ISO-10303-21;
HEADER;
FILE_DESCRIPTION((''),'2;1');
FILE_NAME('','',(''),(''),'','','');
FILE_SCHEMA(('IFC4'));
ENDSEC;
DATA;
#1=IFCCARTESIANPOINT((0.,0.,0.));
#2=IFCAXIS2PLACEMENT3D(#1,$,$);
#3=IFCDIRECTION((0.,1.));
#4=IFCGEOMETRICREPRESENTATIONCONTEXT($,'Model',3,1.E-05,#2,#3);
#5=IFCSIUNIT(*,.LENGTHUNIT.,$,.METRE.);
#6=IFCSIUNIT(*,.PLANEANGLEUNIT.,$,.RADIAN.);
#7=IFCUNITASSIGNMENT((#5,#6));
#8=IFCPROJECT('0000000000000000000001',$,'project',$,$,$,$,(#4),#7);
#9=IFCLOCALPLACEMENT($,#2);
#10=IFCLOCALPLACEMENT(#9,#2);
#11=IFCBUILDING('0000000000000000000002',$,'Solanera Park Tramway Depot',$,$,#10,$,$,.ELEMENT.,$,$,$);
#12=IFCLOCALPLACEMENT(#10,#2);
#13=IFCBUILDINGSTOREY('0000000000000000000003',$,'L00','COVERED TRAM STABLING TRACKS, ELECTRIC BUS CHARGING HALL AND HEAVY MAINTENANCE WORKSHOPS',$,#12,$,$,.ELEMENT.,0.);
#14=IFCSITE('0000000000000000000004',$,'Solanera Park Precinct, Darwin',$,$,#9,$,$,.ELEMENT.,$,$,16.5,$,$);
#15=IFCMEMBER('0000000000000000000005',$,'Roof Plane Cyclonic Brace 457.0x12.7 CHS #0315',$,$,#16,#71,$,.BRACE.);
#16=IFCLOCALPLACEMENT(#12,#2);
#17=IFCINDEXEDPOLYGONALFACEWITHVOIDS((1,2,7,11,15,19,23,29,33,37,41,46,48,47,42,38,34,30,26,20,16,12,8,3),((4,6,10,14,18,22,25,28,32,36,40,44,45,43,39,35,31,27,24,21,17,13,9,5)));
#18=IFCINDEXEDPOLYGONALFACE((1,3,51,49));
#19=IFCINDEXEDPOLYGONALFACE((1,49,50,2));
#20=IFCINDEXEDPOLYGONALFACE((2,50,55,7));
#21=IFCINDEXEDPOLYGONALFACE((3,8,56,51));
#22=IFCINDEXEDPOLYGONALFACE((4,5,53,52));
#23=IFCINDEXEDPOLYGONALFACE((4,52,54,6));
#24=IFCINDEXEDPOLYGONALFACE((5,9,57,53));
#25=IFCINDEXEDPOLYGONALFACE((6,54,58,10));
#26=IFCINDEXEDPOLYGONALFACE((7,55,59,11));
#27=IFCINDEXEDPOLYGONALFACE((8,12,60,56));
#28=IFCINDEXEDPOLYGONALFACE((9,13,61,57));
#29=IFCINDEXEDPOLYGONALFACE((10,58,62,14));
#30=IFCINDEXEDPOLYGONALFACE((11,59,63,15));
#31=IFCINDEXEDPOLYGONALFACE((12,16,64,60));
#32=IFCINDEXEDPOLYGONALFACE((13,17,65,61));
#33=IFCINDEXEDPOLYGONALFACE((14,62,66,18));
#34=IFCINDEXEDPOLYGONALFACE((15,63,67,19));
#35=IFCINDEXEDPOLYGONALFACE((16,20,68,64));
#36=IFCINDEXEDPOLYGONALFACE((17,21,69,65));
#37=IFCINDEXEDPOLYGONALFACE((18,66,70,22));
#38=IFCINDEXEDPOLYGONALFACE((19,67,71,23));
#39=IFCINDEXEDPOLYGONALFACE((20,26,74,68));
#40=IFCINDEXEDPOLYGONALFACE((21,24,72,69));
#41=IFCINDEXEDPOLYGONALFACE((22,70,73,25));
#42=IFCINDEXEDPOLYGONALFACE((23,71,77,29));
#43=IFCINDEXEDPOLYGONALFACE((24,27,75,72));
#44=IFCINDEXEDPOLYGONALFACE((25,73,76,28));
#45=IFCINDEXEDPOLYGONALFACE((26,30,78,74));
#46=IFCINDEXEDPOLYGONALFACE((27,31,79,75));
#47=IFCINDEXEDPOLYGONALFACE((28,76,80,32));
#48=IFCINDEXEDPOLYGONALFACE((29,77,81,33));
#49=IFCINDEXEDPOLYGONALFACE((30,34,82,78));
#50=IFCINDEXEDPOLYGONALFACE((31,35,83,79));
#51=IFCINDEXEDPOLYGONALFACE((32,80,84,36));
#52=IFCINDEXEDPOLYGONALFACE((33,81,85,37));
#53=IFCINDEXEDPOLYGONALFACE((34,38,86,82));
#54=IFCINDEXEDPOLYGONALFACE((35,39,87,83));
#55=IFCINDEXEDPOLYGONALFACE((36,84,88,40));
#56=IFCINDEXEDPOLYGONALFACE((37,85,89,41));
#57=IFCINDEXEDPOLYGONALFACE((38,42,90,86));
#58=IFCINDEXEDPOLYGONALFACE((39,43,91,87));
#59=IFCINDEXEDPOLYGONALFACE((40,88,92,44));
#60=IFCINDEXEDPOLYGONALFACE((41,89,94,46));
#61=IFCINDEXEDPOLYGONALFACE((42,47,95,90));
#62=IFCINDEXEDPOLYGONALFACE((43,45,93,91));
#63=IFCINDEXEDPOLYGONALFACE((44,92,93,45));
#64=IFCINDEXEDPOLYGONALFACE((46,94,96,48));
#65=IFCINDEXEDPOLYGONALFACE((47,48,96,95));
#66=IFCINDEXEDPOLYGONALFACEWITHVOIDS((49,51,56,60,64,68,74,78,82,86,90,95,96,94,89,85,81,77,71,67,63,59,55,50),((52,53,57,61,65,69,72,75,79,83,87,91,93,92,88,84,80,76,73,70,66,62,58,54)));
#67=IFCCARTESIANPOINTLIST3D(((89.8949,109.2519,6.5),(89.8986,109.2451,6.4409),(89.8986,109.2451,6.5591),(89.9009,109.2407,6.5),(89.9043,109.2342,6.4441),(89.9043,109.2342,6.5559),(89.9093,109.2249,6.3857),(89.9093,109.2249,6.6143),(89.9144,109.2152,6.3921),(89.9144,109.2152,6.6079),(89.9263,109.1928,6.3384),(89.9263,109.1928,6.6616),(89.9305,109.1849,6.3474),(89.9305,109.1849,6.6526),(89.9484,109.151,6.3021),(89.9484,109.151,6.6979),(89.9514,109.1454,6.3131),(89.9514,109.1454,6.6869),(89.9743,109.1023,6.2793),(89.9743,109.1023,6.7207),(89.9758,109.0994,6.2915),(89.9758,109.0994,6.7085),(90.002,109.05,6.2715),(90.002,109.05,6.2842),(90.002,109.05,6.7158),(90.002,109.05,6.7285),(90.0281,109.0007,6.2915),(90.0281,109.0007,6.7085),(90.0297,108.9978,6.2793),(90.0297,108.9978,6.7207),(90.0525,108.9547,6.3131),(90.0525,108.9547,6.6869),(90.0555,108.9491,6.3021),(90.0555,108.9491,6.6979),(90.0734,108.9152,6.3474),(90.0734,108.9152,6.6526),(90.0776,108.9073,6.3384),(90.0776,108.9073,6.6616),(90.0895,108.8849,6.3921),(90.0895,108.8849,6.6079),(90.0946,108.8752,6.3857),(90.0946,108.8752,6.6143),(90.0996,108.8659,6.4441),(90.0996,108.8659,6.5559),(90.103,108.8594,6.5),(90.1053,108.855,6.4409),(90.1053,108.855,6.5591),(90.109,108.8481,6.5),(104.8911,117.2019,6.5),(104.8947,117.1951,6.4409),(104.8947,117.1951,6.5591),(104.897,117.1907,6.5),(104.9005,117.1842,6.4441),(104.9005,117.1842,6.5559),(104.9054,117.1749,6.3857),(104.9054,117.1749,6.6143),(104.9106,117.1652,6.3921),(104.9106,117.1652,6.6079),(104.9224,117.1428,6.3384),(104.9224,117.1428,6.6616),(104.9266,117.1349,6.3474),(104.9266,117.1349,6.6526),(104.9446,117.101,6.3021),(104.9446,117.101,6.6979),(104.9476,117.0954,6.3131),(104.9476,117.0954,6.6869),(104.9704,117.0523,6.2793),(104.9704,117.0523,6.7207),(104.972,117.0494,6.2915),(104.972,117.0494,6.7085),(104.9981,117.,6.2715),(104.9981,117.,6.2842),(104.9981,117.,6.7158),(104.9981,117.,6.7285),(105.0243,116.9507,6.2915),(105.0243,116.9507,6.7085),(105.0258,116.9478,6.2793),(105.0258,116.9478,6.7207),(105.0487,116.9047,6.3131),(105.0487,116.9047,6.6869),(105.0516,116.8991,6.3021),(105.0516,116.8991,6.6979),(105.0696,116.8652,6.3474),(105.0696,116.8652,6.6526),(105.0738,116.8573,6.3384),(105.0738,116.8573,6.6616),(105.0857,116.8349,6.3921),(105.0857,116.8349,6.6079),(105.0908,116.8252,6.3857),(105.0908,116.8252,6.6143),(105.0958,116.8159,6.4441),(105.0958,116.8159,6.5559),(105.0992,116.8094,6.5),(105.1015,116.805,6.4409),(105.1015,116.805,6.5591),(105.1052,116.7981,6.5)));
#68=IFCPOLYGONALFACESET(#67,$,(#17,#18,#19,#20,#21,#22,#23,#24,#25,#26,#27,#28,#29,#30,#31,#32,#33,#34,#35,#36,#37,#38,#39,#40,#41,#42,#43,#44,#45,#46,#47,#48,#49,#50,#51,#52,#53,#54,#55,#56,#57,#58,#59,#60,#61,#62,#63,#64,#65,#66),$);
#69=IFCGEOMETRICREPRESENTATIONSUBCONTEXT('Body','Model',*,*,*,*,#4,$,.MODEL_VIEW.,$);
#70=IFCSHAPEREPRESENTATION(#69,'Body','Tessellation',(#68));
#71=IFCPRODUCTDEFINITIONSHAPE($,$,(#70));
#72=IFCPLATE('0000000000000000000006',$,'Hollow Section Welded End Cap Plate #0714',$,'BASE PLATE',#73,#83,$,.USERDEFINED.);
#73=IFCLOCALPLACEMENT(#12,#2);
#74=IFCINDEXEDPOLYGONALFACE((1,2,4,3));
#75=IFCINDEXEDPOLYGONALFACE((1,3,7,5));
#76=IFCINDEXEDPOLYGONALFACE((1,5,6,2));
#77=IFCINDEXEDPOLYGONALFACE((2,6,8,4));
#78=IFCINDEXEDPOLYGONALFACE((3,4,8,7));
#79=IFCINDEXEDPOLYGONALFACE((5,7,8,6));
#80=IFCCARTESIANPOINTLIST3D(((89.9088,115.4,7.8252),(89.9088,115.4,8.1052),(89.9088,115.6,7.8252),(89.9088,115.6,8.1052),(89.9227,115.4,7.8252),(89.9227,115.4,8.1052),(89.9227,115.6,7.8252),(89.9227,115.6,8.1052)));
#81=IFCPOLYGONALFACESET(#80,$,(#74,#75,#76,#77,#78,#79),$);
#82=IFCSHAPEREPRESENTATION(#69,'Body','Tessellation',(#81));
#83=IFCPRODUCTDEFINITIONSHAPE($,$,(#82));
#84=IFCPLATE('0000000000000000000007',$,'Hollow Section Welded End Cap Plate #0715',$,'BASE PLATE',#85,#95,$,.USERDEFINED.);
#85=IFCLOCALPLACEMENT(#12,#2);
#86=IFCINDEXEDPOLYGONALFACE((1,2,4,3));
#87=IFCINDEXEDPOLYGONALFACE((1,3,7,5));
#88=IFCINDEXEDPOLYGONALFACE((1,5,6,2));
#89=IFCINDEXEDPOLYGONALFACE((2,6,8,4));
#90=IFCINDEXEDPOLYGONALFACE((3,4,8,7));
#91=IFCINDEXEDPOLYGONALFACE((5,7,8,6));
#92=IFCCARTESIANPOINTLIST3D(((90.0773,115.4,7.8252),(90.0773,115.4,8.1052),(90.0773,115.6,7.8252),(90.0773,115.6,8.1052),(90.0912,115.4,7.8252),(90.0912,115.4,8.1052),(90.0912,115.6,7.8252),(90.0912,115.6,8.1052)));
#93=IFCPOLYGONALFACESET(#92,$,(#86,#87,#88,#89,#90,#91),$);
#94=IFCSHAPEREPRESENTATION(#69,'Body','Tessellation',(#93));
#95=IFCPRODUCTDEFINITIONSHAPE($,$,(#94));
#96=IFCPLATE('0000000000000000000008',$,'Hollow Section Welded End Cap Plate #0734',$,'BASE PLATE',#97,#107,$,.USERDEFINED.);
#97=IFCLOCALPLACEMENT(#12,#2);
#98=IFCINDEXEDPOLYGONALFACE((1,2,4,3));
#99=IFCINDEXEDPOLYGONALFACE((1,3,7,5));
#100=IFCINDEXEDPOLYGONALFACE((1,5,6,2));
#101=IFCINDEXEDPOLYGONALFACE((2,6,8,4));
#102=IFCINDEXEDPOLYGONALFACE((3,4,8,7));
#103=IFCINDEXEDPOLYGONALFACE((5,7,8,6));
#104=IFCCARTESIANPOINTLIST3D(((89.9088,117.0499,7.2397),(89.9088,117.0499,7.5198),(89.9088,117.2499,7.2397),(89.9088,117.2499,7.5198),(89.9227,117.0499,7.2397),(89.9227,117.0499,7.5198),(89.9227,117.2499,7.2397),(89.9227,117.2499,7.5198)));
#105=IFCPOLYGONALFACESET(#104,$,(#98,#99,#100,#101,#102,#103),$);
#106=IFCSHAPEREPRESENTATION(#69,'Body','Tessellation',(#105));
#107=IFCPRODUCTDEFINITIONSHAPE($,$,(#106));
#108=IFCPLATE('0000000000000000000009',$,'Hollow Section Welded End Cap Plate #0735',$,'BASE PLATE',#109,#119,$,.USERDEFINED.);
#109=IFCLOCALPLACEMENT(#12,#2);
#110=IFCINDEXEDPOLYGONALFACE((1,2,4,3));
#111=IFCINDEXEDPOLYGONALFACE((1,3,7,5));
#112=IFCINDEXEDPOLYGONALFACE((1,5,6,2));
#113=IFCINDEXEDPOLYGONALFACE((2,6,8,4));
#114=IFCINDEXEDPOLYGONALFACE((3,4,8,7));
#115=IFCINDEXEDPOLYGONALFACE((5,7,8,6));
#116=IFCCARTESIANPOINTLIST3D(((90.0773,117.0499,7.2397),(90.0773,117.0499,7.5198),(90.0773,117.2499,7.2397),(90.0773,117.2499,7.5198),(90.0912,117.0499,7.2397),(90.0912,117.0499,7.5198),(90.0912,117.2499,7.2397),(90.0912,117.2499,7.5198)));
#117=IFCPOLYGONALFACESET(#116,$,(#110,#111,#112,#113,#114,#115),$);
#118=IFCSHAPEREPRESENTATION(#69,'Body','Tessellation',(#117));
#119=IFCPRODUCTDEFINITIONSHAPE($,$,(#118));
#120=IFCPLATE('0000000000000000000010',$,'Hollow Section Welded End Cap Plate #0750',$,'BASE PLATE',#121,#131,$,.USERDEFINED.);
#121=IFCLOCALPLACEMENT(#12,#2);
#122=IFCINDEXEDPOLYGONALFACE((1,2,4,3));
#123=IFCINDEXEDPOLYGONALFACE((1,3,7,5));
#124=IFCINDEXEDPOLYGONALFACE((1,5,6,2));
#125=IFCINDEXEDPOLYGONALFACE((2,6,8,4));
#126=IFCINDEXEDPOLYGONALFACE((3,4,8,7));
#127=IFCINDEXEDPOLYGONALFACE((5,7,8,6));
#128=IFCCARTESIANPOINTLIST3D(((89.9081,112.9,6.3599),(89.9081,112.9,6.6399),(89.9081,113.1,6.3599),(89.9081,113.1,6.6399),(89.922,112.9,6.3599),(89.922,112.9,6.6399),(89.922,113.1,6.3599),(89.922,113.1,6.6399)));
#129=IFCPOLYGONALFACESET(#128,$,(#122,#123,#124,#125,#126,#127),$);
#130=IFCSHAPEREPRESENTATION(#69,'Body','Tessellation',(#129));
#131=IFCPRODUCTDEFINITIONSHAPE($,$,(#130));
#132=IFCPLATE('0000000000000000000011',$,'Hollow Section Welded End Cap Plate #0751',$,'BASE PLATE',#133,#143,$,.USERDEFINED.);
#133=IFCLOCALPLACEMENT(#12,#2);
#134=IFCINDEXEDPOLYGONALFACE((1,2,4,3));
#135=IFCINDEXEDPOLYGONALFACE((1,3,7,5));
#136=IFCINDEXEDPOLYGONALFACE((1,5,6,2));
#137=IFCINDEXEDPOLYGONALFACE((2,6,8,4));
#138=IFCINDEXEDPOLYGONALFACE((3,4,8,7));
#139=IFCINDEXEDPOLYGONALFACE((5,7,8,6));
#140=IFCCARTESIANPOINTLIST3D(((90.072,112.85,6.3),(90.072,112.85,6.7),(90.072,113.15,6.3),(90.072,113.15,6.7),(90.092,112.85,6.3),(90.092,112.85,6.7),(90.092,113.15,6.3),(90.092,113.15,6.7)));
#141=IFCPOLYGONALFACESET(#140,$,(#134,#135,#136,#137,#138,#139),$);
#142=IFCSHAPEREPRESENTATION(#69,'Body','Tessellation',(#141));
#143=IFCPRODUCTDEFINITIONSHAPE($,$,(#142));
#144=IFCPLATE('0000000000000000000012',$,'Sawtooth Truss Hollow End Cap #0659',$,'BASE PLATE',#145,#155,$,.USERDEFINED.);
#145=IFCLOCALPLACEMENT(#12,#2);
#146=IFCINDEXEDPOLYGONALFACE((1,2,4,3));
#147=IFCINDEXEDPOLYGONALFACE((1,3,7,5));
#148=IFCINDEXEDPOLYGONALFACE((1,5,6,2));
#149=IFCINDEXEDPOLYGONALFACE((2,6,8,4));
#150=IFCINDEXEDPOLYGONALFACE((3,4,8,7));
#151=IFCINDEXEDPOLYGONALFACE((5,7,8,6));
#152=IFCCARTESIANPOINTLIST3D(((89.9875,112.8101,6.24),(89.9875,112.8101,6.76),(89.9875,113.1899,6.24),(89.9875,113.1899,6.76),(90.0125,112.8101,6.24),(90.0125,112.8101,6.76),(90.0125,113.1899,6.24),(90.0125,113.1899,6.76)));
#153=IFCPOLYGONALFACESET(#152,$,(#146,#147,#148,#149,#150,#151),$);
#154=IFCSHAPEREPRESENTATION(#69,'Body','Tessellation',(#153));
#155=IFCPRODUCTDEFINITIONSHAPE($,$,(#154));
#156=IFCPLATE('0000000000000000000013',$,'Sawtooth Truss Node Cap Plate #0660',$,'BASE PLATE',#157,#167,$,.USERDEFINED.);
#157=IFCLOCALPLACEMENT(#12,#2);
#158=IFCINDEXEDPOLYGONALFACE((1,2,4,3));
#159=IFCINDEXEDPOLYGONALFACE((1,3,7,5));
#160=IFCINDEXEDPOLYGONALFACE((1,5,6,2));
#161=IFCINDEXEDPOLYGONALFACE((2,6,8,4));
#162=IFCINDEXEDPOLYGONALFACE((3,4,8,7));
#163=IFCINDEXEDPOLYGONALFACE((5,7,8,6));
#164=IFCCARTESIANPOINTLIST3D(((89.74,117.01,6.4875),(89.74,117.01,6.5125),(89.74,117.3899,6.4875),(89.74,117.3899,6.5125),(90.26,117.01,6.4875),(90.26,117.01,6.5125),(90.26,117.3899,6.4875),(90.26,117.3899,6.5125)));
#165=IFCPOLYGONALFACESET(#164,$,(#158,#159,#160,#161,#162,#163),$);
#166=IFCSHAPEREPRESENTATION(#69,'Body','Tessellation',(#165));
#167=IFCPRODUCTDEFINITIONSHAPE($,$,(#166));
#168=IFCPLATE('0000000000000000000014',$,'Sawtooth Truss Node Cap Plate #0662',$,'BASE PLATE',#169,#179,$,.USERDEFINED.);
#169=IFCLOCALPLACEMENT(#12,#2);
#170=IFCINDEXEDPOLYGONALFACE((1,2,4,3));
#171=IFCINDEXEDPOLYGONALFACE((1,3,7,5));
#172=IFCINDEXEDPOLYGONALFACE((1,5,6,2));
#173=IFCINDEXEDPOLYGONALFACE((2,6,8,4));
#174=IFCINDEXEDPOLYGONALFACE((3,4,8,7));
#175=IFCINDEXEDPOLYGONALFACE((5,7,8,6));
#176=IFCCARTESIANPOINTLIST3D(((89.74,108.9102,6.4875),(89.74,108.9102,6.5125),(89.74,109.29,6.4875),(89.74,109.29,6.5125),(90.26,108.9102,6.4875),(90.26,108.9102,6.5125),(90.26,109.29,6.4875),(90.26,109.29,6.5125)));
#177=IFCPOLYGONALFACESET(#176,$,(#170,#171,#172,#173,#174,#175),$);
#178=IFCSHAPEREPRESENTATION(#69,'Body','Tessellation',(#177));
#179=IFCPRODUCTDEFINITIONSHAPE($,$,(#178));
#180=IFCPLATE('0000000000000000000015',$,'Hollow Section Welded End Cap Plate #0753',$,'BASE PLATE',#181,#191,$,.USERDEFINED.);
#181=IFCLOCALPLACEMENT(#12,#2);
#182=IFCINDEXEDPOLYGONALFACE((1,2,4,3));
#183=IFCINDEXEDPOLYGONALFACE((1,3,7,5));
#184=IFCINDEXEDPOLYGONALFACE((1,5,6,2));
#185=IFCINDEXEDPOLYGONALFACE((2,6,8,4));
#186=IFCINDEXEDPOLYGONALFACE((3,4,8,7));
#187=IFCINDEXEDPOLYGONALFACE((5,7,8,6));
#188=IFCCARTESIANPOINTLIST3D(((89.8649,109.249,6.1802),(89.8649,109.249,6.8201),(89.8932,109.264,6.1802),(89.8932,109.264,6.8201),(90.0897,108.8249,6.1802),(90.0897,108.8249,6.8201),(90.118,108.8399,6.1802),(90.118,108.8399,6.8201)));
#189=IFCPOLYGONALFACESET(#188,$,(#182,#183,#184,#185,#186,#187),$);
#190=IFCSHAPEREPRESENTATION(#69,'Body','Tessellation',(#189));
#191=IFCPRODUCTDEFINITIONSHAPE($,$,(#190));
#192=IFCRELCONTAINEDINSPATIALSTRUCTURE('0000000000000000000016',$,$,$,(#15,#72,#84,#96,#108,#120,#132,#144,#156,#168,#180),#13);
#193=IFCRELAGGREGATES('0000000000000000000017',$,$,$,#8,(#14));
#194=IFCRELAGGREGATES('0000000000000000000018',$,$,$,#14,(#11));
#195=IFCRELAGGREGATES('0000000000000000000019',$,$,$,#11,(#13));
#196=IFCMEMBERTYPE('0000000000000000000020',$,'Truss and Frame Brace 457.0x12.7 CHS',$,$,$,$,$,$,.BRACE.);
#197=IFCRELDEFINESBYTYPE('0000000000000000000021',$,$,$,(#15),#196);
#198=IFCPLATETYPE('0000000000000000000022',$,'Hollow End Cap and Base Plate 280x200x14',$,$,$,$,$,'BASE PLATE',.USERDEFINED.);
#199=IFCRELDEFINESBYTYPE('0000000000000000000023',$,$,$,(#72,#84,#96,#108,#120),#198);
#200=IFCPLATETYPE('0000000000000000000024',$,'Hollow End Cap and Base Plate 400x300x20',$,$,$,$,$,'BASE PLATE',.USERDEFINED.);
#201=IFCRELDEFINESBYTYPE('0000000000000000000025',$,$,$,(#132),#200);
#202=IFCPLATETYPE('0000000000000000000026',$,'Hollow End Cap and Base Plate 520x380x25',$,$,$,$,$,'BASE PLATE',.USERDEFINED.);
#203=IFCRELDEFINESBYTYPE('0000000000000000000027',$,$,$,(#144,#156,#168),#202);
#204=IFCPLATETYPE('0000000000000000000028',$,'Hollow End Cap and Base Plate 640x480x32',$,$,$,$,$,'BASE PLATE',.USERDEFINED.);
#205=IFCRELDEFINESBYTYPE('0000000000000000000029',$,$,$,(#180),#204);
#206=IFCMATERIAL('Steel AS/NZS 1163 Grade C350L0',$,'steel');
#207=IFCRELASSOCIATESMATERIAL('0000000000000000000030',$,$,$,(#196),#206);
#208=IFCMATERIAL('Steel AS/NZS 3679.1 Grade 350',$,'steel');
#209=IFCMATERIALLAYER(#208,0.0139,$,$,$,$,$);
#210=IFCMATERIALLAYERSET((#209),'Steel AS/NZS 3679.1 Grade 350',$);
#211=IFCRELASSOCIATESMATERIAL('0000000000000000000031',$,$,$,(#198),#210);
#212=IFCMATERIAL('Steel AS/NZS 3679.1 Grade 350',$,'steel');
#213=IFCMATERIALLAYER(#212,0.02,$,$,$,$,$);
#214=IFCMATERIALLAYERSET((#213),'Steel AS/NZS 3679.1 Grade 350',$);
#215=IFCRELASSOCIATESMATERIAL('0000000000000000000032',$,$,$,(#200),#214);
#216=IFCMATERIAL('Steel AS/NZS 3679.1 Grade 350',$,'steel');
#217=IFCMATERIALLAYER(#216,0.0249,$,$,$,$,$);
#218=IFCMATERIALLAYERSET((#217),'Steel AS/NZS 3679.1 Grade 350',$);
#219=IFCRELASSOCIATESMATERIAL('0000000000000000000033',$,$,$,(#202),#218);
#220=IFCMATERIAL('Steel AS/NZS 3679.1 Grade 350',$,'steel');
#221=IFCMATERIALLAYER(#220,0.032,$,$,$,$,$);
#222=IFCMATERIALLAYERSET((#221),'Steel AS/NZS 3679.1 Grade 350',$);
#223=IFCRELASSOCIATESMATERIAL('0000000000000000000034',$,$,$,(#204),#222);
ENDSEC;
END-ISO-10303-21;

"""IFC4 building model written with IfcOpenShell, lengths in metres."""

from ifc_helpers import new_model, si_unit, direction, frame, origin, origin_2d, place, context, subcontext, project, spatial, rectangle, hollow_circle, extrude, material, layer, layer_set, material_profile, profile_set, type_object, element, save


model = new_model("IFC4")

# Units and contexts
model_context = context("Model", 3, precision=1e-05, world=origin(), true_north=direction((0.0, 1.0)))
body_context = subcontext(model_context, "Body", "Model", "MODEL_VIEW")
ifc_project = project(units=[si_unit("LENGTHUNIT", "METRE"), si_unit("PLANEANGLEUNIT", "RADIAN")], contexts=[model_context])

# Site, building, storey
site_placement = place(None, origin())
site = spatial("IfcSite", under=ifc_project, at=site_placement, Name="Solanera Park Precinct, Darwin", CompositionType="ELEMENT", RefElevation=16.5)
building_placement = place(site_placement, origin())
building = spatial("IfcBuilding", under=site, at=building_placement, Name="Solanera Park Tramway Depot", CompositionType="ELEMENT")
storey_placement = place(building_placement, origin())
storey = spatial("IfcBuildingStorey", under=building, at=storey_placement, Name="L00", Description="COVERED TRAM STABLING TRACKS, ELECTRIC BUS CHARGING HALL AND HEAVY MAINTENANCE WORKSHOPS", CompositionType="ELEMENT", Elevation=0.0)

# Member
ifc_material_1 = material(Name="Steel AS/NZS 1163 Grade C350L0", Category="steel")
ifc_material_profile_1 = material_profile(ifc_material_1, hollow_circle(Radius=0.2285, WallThickness=0.0127, at=origin_2d()), Name="457.0x12.7 CHS")
ifc_profile_set_1 = profile_set([ifc_material_profile_1], Name="Steel AS/NZS 1163 Grade C350L0")
member_type_1 = type_object("IfcMemberType", Name="Truss and Frame Brace 457.0x12.7 CHS", PredefinedType="BRACE", material=ifc_profile_set_1)
member_1_placement = place(storey_placement, frame((90.002, 109.05, 6.5), z_axis=(0.883524, 0.468387, 0.0), x_axis=(-0.468387, 0.883524, 0.0)))
element("IfcMember", 1, at=member_1_placement, inside=storey, type_object=member_type_1, Name="Roof Plane Cyclonic Brace 457.0x12.7 CHS #0315", PredefinedType="BRACE", context=body_context, shape_type="SweptSolid", body=[
    extrude(hollow_circle(Radius=0.2285, WallThickness=0.0127, at=origin_2d()), origin(), (0.0, 0.0, 1.0), 16.9731),
])

# Plates
ifc_material_2 = material(Name="Steel AS/NZS 3679.1 Grade 350", Category="steel")
ifc_layer_1 = layer(ifc_material_2, 0.0139)
ifc_layer_set_1 = layer_set([ifc_layer_1], Name="Steel AS/NZS 3679.1 Grade 350")
plate_type_1 = type_object("IfcPlateType", Name="Hollow End Cap and Base Plate 280x200x14", ElementType="BASE PLATE", PredefinedType="USERDEFINED", material=ifc_layer_set_1)
for number, where, z_axis, x_axis, name in (
    (2, (89.9158, 115.5, 7.8252), (0.0, 0.0, 1.0), (1.0, 0.0, 0.0), "Hollow Section Welded End Cap Plate #0714"),
    (3, (90.0842, 115.5, 7.8252), (0.0, 0.0, 1.0), (1.0, 0.0, 0.0), "Hollow Section Welded End Cap Plate #0715"),
    (4, (89.9158, 117.1499, 7.2397), (0.0, 0.0, 1.0), (1.0, 0.0, 0.0), "Hollow Section Welded End Cap Plate #0734"),
    (5, (90.0842, 117.1499, 7.2397), (0.0, 0.0, 1.0), (1.0, 0.0, 0.0), "Hollow Section Welded End Cap Plate #0735"),
    (6, (89.915, 113.0, 6.3599), (0.0, 0.0, 1.0), (1.0, 0.0, 0.0), "Hollow Section Welded End Cap Plate #0750"),
):
    element("IfcPlate", number, at=place(storey_placement, frame(where, z_axis=z_axis, x_axis=x_axis)), inside=storey, type_object=plate_type_1, Name=name, ObjectType="BASE PLATE", PredefinedType="USERDEFINED", context=body_context, shape_type="SweptSolid", body=[
        extrude(rectangle(XDim=0.0139, YDim=0.2, at=origin_2d()), origin(), (0.0, 0.0, 1.0), 0.28),
    ])
ifc_material_3 = material(Name="Steel AS/NZS 3679.1 Grade 350", Category="steel")
ifc_layer_2 = layer(ifc_material_3, 0.02)
ifc_layer_set_2 = layer_set([ifc_layer_2], Name="Steel AS/NZS 3679.1 Grade 350")
plate_type_2 = type_object("IfcPlateType", Name="Hollow End Cap and Base Plate 400x300x20", ElementType="BASE PLATE", PredefinedType="USERDEFINED", material=ifc_layer_set_2)
plate_1_placement = place(storey_placement, frame((90.082, 113.0, 6.3), z_axis=(0.0, 0.0, 1.0), x_axis=(1.0, 0.0, 0.0)))
element("IfcPlate", 7, at=plate_1_placement, inside=storey, type_object=plate_type_2, Name="Hollow Section Welded End Cap Plate #0751", ObjectType="BASE PLATE", PredefinedType="USERDEFINED", context=body_context, shape_type="SweptSolid", body=[
    extrude(rectangle(XDim=0.02, YDim=0.3, at=origin_2d()), origin(), (0.0, 0.0, 1.0), 0.3999),
])
ifc_material_4 = material(Name="Steel AS/NZS 3679.1 Grade 350", Category="steel")
ifc_layer_3 = layer(ifc_material_4, 0.0249)
ifc_layer_set_3 = layer_set([ifc_layer_3], Name="Steel AS/NZS 3679.1 Grade 350")
plate_type_3 = type_object("IfcPlateType", Name="Hollow End Cap and Base Plate 520x380x25", ElementType="BASE PLATE", PredefinedType="USERDEFINED", material=ifc_layer_set_3)
plate_2_placement = place(storey_placement, frame((90.0, 113.0, 6.24), z_axis=(0.0, 0.0, 1.0), x_axis=(1.0, 0.0, 0.0)))
element("IfcPlate", 8, at=plate_2_placement, inside=storey, type_object=plate_type_3, Name="Sawtooth Truss Hollow End Cap #0659", ObjectType="BASE PLATE", PredefinedType="USERDEFINED", context=body_context, shape_type="SweptSolid", body=[
    extrude(rectangle(XDim=0.0249, YDim=0.3799, at=origin_2d()), origin(), (0.0, 0.0, 1.0), 0.52),
])
for number, where, z_axis, x_axis, name in (
    (9, (90.0, 117.2, 6.4875), (0.0, 0.0, 1.0), (1.0, 0.0, 0.0), "Sawtooth Truss Node Cap Plate #0660"),
    (10, (90.0, 109.1001, 6.4875), (0.0, 0.0, 1.0), (1.0, 0.0, 0.0), "Sawtooth Truss Node Cap Plate #0662"),
):
    element("IfcPlate", number, at=place(storey_placement, frame(where, z_axis=z_axis, x_axis=x_axis)), inside=storey, type_object=plate_type_3, Name=name, ObjectType="BASE PLATE", PredefinedType="USERDEFINED", context=body_context, shape_type="SweptSolid", body=[
        extrude(rectangle(XDim=0.52, YDim=0.3799, at=origin_2d()), origin(), (0.0, 0.0, 1.0), 0.0249),
    ])
ifc_material_5 = material(Name="Steel AS/NZS 3679.1 Grade 350", Category="steel")
ifc_layer_4 = layer(ifc_material_5, 0.032)
ifc_layer_set_4 = layer_set([ifc_layer_4], Name="Steel AS/NZS 3679.1 Grade 350")
plate_type_4 = type_object("IfcPlateType", Name="Hollow End Cap and Base Plate 640x480x32", ElementType="BASE PLATE", PredefinedType="USERDEFINED", material=ifc_layer_set_4)
plate_3_placement = place(storey_placement, frame((89.9915, 109.0444, 6.1802), z_axis=(0.0, 0.0, 1.0), x_axis=(0.883521, 0.468392, 0.0)))
element("IfcPlate", 11, at=plate_3_placement, inside=storey, type_object=plate_type_4, Name="Hollow Section Welded End Cap Plate #0753", ObjectType="BASE PLATE", PredefinedType="USERDEFINED", context=body_context, shape_type="SweptSolid", body=[
    extrude(rectangle(XDim=0.032, YDim=0.48, at=origin_2d()), origin(), (0.0, 0.0, 1.0), 0.6399),
])

save(model, "model.ifc")
